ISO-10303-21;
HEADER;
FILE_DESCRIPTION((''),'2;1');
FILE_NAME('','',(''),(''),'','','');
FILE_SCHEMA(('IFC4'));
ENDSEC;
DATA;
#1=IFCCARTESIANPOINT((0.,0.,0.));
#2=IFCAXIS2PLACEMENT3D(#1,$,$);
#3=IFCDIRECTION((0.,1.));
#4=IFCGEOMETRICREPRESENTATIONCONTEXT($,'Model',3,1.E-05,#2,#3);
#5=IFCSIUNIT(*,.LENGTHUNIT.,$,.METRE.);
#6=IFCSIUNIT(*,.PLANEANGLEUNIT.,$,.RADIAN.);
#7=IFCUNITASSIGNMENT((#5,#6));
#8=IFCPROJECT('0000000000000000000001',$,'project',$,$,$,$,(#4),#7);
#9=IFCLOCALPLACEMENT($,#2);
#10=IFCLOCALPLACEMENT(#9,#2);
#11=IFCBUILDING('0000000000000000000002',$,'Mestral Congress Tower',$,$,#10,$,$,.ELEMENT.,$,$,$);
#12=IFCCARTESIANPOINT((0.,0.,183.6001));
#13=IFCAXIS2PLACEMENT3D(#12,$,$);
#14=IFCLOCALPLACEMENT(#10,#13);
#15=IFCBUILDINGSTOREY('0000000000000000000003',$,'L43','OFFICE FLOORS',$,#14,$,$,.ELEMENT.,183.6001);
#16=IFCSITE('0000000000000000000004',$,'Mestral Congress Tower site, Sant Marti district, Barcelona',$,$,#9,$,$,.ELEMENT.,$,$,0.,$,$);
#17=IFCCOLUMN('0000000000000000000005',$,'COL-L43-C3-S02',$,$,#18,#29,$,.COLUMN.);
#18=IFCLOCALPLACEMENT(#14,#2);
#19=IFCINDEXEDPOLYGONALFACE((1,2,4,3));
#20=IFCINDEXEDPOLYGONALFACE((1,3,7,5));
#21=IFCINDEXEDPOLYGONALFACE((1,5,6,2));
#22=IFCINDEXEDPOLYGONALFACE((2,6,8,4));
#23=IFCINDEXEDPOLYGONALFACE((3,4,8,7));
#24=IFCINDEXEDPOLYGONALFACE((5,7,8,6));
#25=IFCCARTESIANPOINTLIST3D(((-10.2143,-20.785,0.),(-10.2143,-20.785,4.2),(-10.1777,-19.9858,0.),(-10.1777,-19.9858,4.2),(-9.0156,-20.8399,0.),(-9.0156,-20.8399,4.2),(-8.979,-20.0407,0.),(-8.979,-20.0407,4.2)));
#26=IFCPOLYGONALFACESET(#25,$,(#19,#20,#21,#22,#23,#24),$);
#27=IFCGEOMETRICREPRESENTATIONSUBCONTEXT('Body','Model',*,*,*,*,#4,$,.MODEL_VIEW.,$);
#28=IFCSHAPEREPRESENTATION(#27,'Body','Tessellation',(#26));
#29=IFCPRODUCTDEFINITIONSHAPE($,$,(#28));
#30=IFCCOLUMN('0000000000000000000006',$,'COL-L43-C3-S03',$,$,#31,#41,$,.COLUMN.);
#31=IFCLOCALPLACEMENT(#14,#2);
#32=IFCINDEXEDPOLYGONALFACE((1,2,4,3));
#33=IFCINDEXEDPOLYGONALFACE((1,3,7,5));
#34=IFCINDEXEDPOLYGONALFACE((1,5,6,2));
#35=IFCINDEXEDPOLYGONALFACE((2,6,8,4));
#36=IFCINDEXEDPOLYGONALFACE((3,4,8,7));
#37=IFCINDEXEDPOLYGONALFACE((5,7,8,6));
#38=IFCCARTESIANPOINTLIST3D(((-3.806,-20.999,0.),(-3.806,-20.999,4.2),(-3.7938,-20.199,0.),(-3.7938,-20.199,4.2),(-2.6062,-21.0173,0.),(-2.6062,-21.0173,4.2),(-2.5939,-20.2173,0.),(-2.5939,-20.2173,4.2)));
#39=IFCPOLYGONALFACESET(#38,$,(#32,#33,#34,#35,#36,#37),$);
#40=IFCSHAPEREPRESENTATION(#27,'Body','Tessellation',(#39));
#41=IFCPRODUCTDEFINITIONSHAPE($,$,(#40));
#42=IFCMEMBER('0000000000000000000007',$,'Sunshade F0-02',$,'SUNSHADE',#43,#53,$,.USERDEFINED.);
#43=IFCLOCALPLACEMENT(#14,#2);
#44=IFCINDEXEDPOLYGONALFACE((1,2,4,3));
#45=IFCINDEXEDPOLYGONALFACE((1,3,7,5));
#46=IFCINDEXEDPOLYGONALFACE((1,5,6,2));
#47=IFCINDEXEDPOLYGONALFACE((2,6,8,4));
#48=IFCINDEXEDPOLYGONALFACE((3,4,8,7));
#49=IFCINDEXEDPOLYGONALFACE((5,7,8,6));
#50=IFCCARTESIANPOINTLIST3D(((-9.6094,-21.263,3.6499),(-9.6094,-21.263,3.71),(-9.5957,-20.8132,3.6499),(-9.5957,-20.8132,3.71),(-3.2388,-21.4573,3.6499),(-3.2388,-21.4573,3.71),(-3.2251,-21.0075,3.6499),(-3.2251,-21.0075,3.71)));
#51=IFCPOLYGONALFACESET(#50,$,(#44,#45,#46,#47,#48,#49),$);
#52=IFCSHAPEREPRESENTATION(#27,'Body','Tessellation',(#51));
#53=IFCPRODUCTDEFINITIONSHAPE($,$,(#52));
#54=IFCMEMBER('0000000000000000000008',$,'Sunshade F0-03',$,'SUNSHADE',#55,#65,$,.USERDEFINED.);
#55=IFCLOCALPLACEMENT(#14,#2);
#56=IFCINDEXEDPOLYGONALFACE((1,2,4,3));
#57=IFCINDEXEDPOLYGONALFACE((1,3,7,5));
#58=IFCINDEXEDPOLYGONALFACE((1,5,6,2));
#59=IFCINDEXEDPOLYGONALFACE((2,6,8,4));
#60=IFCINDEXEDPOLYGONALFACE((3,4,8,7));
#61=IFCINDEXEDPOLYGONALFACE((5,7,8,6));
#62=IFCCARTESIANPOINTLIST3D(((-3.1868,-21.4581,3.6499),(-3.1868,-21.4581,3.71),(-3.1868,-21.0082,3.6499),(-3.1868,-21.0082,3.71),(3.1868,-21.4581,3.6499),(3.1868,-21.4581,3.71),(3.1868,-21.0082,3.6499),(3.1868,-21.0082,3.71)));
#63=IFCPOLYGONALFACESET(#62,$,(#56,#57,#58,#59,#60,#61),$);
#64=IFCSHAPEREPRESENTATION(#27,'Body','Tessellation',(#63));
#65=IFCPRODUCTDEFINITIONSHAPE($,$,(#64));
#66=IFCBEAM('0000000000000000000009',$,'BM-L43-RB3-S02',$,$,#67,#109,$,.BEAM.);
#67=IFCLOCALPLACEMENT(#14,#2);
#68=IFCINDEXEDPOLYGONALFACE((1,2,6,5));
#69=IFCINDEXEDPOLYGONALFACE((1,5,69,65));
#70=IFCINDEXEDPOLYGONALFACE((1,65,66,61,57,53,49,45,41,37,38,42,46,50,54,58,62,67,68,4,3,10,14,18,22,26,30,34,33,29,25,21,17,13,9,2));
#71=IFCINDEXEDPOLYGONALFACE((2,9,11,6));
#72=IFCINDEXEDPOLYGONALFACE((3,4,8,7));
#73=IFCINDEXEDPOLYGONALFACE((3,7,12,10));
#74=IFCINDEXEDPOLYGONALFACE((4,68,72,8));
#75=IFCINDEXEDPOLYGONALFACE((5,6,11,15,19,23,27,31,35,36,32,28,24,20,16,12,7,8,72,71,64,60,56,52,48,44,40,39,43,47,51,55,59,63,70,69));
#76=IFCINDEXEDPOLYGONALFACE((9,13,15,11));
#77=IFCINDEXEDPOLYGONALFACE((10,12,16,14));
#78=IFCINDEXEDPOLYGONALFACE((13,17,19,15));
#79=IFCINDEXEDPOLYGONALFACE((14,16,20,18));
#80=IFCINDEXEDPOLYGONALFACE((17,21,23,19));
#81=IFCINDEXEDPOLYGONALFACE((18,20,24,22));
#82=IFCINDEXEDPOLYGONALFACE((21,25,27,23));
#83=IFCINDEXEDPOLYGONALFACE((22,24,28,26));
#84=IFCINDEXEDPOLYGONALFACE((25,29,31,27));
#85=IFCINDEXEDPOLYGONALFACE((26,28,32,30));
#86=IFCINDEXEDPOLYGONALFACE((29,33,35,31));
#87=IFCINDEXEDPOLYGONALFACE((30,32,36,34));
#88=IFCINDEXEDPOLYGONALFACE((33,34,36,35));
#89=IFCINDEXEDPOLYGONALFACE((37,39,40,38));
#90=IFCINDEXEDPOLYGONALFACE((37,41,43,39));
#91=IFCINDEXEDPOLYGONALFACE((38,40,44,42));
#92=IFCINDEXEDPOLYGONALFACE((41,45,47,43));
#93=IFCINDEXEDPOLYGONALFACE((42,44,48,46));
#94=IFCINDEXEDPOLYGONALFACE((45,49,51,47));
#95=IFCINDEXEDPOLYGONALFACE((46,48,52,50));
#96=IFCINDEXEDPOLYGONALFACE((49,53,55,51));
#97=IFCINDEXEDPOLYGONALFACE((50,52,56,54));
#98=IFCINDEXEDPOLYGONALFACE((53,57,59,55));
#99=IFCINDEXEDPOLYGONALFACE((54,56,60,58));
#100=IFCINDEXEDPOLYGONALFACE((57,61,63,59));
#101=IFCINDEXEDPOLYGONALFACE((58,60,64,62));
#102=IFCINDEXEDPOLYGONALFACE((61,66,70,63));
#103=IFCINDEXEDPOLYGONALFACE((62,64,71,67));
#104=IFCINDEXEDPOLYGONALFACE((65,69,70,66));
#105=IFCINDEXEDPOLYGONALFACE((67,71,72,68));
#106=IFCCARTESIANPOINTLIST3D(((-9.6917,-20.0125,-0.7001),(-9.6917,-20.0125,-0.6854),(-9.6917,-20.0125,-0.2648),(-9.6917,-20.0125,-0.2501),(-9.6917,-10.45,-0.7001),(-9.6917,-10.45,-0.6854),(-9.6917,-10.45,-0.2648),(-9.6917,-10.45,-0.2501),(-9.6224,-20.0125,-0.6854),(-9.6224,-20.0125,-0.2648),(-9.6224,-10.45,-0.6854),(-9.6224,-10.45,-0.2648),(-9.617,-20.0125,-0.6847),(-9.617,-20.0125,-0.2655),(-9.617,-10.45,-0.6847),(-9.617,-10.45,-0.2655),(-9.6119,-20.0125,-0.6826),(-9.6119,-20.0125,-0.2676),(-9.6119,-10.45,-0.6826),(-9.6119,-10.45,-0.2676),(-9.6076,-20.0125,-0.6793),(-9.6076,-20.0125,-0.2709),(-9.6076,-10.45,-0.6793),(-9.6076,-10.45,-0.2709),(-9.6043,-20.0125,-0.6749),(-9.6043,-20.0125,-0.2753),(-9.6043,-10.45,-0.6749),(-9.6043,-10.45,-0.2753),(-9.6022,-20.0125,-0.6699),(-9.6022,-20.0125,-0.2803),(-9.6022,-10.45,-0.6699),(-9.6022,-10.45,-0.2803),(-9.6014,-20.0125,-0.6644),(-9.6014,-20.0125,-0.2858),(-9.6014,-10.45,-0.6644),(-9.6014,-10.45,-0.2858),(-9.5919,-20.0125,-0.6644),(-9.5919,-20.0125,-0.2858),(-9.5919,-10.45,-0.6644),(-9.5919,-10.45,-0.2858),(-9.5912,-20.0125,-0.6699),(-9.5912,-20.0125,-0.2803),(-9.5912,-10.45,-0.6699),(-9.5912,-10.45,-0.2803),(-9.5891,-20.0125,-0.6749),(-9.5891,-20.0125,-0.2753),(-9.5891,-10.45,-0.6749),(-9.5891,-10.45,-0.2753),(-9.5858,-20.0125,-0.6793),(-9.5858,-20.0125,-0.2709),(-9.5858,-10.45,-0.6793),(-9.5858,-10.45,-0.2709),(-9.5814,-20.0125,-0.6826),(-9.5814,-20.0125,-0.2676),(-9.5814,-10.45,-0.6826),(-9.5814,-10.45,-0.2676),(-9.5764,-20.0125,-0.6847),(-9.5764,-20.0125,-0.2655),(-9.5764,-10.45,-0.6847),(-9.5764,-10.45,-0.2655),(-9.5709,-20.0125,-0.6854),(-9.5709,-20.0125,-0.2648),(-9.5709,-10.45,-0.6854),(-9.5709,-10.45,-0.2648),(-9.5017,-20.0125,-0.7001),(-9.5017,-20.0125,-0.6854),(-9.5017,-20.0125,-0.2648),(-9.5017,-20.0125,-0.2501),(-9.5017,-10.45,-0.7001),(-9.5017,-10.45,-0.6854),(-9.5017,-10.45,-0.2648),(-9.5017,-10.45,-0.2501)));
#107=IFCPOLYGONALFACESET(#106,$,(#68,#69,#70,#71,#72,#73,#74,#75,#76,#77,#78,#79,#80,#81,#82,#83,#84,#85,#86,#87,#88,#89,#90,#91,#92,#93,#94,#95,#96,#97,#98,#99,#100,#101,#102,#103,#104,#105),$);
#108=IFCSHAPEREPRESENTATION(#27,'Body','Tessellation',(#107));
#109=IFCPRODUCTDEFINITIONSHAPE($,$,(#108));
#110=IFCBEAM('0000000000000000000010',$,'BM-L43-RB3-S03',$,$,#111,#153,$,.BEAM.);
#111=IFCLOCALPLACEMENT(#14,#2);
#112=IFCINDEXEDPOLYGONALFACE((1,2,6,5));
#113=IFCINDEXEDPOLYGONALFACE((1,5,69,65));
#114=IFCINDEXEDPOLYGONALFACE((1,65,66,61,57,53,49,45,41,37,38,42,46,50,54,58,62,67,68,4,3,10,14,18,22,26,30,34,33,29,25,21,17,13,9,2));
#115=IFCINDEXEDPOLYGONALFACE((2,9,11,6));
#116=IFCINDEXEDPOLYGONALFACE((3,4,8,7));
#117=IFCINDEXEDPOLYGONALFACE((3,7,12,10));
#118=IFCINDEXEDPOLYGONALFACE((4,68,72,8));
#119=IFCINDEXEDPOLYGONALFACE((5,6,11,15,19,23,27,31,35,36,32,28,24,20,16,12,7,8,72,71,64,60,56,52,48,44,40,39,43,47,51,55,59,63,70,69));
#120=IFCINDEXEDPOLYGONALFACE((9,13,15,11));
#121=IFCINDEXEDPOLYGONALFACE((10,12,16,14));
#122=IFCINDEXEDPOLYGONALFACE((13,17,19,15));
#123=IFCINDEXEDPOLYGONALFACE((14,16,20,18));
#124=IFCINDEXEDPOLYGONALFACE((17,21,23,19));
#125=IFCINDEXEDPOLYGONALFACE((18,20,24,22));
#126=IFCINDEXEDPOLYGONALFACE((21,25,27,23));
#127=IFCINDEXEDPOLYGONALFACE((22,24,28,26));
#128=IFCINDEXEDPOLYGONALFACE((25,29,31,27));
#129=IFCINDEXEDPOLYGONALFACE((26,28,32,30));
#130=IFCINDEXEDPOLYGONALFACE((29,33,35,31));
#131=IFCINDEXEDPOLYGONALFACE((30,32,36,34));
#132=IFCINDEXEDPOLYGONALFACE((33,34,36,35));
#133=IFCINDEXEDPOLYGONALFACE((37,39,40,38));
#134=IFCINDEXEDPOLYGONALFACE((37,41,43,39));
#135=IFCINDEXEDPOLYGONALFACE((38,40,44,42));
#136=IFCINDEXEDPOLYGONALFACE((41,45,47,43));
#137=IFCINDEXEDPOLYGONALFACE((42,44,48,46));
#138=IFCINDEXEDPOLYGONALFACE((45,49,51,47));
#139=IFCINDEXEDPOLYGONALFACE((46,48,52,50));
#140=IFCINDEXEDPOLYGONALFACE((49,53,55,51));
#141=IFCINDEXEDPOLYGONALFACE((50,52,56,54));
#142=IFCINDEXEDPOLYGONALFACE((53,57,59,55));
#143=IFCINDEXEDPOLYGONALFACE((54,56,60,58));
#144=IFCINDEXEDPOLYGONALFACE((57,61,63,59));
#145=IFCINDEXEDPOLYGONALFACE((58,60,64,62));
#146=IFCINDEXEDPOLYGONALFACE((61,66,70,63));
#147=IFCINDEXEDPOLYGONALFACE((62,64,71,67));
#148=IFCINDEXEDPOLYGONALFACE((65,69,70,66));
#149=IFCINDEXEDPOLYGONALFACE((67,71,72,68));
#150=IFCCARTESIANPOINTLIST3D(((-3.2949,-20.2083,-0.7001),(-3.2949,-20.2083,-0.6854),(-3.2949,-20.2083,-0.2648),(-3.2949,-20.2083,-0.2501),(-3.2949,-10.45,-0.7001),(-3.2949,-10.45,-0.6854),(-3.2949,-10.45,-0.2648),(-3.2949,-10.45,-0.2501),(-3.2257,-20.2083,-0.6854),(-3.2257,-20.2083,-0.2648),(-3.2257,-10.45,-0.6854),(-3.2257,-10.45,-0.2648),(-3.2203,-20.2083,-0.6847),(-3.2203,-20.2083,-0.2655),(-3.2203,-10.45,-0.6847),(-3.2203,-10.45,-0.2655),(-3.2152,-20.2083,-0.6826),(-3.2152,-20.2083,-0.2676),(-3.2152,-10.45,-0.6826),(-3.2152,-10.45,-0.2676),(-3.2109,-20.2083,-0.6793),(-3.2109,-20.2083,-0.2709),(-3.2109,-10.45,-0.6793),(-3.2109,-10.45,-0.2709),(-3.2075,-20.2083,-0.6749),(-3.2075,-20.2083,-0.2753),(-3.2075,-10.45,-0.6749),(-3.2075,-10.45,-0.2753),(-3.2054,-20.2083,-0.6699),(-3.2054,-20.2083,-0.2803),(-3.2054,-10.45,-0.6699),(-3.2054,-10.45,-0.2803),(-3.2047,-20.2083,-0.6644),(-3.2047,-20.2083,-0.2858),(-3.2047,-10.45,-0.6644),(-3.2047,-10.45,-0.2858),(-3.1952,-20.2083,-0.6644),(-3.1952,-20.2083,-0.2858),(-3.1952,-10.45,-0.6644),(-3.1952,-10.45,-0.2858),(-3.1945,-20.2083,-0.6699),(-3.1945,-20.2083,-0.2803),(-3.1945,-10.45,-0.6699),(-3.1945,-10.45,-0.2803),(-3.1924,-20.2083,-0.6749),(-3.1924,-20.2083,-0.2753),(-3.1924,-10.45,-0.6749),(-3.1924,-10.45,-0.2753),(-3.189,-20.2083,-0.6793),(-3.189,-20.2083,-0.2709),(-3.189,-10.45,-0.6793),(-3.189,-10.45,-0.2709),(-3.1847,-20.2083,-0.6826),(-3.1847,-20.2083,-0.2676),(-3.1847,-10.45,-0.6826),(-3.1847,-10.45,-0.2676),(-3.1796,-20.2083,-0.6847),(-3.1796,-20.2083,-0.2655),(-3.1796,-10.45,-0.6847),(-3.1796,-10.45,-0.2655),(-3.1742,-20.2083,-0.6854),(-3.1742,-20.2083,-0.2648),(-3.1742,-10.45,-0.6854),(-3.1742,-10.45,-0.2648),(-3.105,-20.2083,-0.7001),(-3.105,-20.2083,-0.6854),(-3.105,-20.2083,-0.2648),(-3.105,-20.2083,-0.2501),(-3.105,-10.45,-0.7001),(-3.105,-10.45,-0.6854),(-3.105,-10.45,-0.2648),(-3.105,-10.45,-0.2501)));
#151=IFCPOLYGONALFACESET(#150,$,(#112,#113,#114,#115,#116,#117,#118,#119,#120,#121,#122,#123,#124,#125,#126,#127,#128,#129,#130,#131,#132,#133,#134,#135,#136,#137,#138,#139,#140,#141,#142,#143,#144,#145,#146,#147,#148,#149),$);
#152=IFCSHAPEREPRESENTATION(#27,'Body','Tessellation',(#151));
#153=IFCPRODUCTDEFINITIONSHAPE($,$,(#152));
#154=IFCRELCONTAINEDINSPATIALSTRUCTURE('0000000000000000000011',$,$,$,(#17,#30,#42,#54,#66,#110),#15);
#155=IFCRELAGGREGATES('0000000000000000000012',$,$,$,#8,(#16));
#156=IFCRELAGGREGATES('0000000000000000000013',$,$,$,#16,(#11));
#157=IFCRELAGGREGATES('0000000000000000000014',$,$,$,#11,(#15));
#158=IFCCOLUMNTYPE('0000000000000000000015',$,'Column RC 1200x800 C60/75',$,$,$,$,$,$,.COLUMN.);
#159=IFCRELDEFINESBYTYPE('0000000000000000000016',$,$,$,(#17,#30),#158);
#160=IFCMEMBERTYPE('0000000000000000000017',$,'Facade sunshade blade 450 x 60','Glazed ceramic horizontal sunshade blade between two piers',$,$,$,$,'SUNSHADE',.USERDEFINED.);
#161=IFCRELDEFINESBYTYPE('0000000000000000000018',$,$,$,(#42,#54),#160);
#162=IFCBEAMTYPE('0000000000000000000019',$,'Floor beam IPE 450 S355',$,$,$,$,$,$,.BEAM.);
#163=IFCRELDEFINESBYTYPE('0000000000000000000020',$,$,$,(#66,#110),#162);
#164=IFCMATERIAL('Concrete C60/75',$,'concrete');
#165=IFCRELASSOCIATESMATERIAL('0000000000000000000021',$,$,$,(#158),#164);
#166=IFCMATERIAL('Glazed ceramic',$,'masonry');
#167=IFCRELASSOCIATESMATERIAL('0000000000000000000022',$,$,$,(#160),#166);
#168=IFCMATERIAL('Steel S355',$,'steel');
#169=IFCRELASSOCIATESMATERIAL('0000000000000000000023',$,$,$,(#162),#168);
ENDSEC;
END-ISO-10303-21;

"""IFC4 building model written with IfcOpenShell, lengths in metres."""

from ifc_helpers import new_model, si_unit, direction, frame, origin, origin_2d, place, context, subcontext, project, spatial, rectangle, i_section, extrude, material, material_profile, profile_set, type_object, element, save


model = new_model("IFC4")

# Units and contexts
model_context = context("Model", 3, precision=1e-05, world=origin(), true_north=direction((0.0, 1.0)))
body_context = subcontext(model_context, "Body", "Model", "MODEL_VIEW")
ifc_project = project(units=[si_unit("LENGTHUNIT", "METRE"), si_unit("PLANEANGLEUNIT", "RADIAN")], contexts=[model_context])

# Site, building, storey
site_placement = place(None, origin())
site = spatial("IfcSite", under=ifc_project, at=site_placement, Name="Mestral Congress Tower site, Sant Marti district, Barcelona", CompositionType="ELEMENT", RefElevation=0.0)
building_placement = place(site_placement, origin())
building = spatial("IfcBuilding", under=site, at=building_placement, Name="Mestral Congress Tower", CompositionType="ELEMENT")
storey_placement = place(building_placement, frame((0.0, 0.0, 183.6001)))
storey = spatial("IfcBuildingStorey", under=building, at=storey_placement, Name="L43", Description="OFFICE FLOORS", CompositionType="ELEMENT", Elevation=183.6001)

# Columns
ifc_material_1 = material(Name="Concrete C60/75", Category="concrete")
ifc_material_profile_1 = material_profile(ifc_material_1, rectangle(XDim=1.2, YDim=0.8, at=origin_2d()), Name="RC 1200x800")
ifc_profile_set_1 = profile_set([ifc_material_profile_1], Name="Concrete C60/75")
column_type = type_object("IfcColumnType", Name="Column RC 1200x800 C60/75", PredefinedType="COLUMN", material=ifc_profile_set_1)
for number, where, z_axis, x_axis, name in (
    (1, (-9.5967, -20.4128, 0.0), (0.0, 0.0, 1.0), (0.998952, -0.045771, 0.0), "COL-L43-C3-S02"),
    (2, (-3.2, -20.6082, 0.0), (0.0, 0.0, 1.0), (0.999884, -0.015262, 0.0), "COL-L43-C3-S03"),
):
    element("IfcColumn", number, at=place(storey_placement, frame(where, z_axis=z_axis, x_axis=x_axis)), inside=storey, type_object=column_type, Name=name, PredefinedType="COLUMN", context=body_context, shape_type="SweptSolid", body=[
        extrude(rectangle(XDim=1.2, YDim=0.8, at=origin_2d()), origin(), (0.0, 0.0, 1.0), 4.2),
    ])

# Members
ifc_material_2 = material(Name="Glazed ceramic", Category="masonry")
ifc_material_profile_2 = material_profile(ifc_material_2, rectangle(XDim=0.45, YDim=0.0601, at=origin_2d()), Name="Ceramic blade 450 x 60")
ifc_profile_set_2 = profile_set([ifc_material_profile_2], Name="Glazed ceramic")
member_type = type_object("IfcMemberType", Name="Facade sunshade blade 450 x 60", Description="Glazed ceramic horizontal sunshade blade between two piers", ElementType="SUNSHADE", PredefinedType="USERDEFINED", material=ifc_profile_set_2)
for number, where, z_axis, x_axis, name in (
    (3, (-9.6025, -21.0381, 3.6799), (0.999535, -0.030491, 0.0), (0.030491, 0.999535, 0.0), "Sunshade F0-02"),
    (4, (-3.1868, -21.2332, 3.6799), (1.0, 0.0, 0.0), (0.0, 1.0, 0.0), "Sunshade F0-03"),
):
    element("IfcMember", number, at=place(storey_placement, frame(where, z_axis=z_axis, x_axis=x_axis)), inside=storey, type_object=member_type, Name=name, ObjectType="SUNSHADE", PredefinedType="USERDEFINED", context=body_context, shape_type="SweptSolid", body=[
        extrude(rectangle(XDim=0.45, YDim=0.0601, at=origin_2d()), origin(), (0.0, 0.0, 1.0), 6.3735),
    ])

# Beams
ifc_material_3 = material(Name="Steel S355", Category="steel")
ifc_material_profile_3 = material_profile(ifc_material_3, i_section(OverallWidth=0.1899, OverallDepth=0.45, WebThickness=0.0095, FlangeThickness=0.0146, FilletRadius=0.021, at=origin_2d()), Name="IPE 450")
ifc_profile_set_3 = profile_set([ifc_material_profile_3], Name="Steel S355")
beam_type_1 = type_object("IfcBeamType", Name="Floor beam IPE 450 S355", PredefinedType="BEAM", material=ifc_profile_set_3)
beam_1_placement = place(storey_placement, frame((-9.5967, -20.0125, -0.4751), z_axis=(0.0, 1.0, 0.0), x_axis=(-1.0, 0.0, 0.0)))
element("IfcBeam", 5, at=beam_1_placement, inside=storey, type_object=beam_type_1, Name="BM-L43-RB3-S02", PredefinedType="BEAM", context=body_context, shape_type="SweptSolid", body=[
    extrude(i_section(OverallWidth=0.1899, OverallDepth=0.45, WebThickness=0.0095, FlangeThickness=0.0146, FilletRadius=0.021, at=origin_2d()), origin(), (0.0, 0.0, 1.0), 9.5625),
])
beam_2_placement = place(storey_placement, frame((-3.2, -20.2083, -0.4751), z_axis=(0.0, 1.0, 0.0), x_axis=(-1.0, 0.0, 0.0)))
element("IfcBeam", 6, at=beam_2_placement, inside=storey, type_object=beam_type_1, Name="BM-L43-RB3-S03", PredefinedType="BEAM", context=body_context, shape_type="SweptSolid", body=[
    extrude(i_section(OverallWidth=0.1899, OverallDepth=0.45, WebThickness=0.0095, FlangeThickness=0.0146, FilletRadius=0.021, at=origin_2d()), origin(), (0.0, 0.0, 1.0), 9.7583),
])

save(model, "model.ifc")
